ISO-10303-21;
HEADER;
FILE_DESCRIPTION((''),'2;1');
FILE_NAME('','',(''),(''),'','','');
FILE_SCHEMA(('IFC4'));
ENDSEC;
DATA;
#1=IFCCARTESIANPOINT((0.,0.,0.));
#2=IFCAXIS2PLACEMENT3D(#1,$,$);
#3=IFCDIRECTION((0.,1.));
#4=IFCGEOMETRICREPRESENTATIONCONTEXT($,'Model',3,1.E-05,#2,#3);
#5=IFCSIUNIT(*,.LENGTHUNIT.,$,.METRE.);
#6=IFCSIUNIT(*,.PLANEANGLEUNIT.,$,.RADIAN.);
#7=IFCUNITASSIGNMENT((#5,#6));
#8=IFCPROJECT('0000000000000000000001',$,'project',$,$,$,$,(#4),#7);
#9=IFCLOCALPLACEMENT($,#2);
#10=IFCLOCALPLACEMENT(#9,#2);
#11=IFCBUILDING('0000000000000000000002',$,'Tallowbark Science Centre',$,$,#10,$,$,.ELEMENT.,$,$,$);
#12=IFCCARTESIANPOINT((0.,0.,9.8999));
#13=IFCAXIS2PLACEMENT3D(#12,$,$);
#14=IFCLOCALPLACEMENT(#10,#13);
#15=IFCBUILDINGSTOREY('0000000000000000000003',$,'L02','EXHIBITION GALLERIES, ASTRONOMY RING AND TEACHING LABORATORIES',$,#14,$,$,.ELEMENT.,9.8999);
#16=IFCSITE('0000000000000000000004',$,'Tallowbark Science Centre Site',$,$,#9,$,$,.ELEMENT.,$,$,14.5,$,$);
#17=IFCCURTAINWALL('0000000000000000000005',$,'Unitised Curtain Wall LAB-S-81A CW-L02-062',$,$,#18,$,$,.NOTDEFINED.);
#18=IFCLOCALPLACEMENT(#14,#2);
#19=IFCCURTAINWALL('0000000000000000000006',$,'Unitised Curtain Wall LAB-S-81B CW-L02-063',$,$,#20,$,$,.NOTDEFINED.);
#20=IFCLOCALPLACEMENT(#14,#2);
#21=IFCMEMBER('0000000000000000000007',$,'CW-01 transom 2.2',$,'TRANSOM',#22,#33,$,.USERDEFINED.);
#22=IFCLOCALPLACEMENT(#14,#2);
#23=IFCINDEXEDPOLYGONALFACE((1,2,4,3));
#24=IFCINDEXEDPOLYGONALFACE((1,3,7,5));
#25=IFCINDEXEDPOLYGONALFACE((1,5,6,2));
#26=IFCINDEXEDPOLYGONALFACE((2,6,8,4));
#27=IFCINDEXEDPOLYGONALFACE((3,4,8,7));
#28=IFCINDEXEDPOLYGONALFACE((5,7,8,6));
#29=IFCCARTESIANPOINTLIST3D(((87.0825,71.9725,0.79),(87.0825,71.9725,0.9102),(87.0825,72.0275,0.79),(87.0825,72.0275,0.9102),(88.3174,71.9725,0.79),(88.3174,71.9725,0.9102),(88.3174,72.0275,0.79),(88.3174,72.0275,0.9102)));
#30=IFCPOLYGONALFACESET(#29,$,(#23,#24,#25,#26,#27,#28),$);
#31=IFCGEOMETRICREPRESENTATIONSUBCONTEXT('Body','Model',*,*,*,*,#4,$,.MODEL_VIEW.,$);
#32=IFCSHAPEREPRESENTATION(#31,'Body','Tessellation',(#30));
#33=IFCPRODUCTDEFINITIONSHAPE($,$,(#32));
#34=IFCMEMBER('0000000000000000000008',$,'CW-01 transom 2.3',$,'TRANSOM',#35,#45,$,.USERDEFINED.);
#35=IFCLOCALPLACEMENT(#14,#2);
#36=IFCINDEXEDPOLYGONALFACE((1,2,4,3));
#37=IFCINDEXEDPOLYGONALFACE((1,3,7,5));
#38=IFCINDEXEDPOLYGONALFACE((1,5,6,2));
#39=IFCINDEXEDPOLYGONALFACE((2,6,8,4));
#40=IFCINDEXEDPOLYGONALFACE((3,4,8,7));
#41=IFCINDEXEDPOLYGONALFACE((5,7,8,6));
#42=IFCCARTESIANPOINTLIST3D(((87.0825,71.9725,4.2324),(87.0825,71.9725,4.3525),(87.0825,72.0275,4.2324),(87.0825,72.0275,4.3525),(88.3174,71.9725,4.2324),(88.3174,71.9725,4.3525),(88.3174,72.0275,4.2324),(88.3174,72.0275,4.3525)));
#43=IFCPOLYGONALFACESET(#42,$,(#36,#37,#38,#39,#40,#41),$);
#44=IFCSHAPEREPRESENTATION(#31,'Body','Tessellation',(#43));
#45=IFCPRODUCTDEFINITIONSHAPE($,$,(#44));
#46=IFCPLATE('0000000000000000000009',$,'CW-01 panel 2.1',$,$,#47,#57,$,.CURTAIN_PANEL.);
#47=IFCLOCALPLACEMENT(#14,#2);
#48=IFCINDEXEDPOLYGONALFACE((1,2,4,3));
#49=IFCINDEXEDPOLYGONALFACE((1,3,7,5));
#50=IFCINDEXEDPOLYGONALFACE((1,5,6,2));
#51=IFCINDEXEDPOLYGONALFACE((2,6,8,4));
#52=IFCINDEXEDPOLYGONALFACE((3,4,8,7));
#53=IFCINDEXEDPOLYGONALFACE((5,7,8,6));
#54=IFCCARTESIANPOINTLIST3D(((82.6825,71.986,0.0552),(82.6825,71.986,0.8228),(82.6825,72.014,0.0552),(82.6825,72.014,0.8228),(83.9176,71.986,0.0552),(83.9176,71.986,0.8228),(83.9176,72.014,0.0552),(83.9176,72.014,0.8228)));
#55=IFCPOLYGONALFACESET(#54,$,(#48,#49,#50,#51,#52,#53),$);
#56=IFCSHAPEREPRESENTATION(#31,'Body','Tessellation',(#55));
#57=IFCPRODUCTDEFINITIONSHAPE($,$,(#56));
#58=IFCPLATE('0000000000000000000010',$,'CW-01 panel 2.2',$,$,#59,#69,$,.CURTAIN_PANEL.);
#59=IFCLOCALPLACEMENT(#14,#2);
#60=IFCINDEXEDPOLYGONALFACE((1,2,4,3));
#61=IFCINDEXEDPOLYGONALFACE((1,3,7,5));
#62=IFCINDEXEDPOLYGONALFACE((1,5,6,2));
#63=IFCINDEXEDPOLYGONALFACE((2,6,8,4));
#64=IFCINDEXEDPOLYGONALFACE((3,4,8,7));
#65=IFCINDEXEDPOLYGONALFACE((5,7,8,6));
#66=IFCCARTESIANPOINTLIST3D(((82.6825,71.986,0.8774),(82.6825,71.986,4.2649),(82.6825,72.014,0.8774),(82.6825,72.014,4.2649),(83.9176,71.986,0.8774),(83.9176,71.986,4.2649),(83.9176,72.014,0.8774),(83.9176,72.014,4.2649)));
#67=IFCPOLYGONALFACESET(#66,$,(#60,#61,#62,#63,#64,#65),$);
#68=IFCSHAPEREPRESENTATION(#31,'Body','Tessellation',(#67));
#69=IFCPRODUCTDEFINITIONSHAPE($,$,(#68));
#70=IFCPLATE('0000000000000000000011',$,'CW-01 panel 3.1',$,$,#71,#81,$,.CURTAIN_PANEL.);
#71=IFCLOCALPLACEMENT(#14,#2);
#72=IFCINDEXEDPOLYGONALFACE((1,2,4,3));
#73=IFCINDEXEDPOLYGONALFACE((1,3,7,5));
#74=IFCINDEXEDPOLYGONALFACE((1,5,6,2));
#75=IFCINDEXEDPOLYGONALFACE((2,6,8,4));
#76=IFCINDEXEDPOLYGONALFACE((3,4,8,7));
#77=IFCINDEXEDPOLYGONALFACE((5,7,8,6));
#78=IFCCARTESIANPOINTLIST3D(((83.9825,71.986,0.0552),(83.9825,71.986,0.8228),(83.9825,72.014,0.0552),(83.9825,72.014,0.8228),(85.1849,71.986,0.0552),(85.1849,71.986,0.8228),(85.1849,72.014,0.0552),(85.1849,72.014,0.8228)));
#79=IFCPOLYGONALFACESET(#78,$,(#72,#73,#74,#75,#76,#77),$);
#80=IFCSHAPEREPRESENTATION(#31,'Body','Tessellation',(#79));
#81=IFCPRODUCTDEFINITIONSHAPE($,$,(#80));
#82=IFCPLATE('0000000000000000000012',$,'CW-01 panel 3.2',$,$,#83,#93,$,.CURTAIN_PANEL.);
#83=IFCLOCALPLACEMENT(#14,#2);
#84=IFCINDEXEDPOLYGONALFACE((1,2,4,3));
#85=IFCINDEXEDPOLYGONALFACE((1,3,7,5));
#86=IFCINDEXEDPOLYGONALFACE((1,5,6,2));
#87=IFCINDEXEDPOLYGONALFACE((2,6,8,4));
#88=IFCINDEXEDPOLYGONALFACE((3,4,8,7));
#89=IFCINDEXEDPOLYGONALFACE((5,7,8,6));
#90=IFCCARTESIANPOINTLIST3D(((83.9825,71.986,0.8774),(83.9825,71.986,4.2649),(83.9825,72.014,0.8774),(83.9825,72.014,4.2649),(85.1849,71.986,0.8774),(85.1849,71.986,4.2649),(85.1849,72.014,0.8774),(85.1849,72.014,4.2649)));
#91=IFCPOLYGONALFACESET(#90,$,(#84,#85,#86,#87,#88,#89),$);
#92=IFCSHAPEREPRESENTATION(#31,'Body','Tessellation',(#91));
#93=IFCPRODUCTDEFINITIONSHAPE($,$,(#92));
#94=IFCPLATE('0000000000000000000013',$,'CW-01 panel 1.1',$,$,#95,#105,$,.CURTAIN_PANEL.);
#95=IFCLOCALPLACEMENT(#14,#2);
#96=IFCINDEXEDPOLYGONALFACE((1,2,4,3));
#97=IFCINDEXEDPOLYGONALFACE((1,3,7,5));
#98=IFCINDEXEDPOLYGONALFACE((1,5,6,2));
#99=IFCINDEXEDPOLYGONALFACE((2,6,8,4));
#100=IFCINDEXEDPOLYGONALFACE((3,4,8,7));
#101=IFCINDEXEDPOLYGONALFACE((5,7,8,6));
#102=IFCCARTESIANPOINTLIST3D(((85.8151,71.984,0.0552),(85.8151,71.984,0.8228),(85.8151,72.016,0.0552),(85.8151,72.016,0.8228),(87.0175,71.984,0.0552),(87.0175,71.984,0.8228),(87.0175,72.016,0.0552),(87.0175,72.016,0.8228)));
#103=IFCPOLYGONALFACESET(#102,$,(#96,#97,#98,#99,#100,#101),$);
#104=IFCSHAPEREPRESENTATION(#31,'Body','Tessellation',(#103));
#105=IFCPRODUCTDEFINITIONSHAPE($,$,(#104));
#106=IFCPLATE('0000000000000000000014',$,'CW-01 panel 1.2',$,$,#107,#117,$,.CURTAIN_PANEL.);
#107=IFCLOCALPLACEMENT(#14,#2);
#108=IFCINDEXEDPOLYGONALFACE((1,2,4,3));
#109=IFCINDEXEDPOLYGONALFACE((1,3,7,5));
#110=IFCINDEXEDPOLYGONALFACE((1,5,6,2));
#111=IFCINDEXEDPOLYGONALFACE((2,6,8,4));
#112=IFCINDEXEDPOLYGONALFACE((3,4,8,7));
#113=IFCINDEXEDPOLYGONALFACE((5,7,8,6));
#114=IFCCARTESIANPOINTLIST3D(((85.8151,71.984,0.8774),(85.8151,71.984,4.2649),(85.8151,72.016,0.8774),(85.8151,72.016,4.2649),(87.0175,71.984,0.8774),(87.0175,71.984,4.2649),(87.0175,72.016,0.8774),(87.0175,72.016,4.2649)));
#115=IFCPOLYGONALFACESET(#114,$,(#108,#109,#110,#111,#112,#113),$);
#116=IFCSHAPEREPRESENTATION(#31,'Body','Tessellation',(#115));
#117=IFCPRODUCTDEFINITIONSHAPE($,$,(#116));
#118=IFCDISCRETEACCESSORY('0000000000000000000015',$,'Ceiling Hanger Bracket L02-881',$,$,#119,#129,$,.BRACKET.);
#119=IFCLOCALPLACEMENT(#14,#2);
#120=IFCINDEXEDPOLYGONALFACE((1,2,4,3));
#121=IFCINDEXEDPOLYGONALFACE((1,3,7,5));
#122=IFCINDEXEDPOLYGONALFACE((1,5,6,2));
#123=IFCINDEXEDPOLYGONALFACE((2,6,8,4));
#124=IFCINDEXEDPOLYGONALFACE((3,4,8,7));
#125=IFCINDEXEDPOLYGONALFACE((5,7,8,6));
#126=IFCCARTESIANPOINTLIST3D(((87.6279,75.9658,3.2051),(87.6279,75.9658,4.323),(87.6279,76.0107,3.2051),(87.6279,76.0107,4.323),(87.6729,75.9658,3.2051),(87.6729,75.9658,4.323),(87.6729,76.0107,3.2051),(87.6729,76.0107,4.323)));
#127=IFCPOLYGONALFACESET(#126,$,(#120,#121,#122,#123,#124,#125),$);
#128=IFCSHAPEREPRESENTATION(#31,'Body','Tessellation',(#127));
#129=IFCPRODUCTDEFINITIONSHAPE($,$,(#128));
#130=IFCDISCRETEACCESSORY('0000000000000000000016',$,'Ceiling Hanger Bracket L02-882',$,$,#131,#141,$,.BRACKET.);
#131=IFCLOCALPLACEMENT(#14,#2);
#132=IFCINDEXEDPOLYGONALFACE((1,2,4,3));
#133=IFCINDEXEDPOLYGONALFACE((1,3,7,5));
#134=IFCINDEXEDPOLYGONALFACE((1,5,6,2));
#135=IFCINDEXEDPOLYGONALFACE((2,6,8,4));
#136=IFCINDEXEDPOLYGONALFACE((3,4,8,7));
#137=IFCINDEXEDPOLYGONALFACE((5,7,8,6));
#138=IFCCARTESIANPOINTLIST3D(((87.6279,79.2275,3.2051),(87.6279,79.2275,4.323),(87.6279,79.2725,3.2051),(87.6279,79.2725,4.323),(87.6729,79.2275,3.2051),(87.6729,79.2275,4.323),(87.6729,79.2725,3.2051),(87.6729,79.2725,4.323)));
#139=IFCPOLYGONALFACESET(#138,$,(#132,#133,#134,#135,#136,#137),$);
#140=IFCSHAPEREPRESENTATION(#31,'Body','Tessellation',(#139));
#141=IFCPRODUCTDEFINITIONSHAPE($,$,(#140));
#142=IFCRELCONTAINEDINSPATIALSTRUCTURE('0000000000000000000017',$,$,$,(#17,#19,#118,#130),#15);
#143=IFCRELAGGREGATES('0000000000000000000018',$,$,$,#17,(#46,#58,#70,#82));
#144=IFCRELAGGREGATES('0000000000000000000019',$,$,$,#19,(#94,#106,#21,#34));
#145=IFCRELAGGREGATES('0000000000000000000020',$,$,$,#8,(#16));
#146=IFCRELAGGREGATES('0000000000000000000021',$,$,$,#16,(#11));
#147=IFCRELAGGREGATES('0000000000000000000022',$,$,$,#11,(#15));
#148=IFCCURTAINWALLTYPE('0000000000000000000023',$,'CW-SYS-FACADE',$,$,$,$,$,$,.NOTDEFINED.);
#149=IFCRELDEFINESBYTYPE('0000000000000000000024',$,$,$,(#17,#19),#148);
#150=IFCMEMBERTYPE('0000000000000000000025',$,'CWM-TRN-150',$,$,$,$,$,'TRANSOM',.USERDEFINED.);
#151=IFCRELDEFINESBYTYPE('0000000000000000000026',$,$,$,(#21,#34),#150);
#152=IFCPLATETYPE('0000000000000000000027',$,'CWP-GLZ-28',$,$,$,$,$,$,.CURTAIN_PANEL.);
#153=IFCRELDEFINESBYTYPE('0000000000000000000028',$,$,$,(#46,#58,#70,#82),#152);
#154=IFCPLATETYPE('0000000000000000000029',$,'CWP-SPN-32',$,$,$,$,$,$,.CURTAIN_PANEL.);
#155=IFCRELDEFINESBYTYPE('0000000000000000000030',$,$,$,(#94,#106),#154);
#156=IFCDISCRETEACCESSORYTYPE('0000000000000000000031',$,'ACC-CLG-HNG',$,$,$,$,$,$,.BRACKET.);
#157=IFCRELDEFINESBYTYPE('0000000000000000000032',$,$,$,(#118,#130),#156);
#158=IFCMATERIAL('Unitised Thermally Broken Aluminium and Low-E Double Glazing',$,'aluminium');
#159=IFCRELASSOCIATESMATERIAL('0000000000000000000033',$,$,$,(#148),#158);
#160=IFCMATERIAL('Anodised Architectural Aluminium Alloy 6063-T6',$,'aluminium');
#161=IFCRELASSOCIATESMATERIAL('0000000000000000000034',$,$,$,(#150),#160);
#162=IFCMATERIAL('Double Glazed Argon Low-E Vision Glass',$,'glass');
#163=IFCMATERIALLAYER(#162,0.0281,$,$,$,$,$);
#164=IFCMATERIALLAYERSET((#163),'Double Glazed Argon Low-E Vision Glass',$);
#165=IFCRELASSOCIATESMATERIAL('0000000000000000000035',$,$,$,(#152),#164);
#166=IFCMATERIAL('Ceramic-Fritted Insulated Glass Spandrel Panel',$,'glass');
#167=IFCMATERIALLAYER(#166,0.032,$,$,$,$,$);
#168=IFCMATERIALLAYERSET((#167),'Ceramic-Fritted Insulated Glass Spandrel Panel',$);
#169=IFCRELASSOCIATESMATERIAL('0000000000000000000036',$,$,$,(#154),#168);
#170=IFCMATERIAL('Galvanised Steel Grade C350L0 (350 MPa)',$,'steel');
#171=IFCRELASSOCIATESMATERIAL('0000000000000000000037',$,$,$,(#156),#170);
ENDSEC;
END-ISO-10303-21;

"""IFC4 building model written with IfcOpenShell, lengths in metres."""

from ifc_helpers import new_model, si_unit, direction, frame, origin, origin_2d, place, context, subcontext, project, spatial, rectangle, extrude, material, layer, layer_set, material_profile, profile_set, type_object, element, aggregate, save


model = new_model("IFC4")

# Units and contexts
model_context = context("Model", 3, precision=1e-05, world=origin(), true_north=direction((0.0, 1.0)))
body_context = subcontext(model_context, "Body", "Model", "MODEL_VIEW")
ifc_project = project(units=[si_unit("LENGTHUNIT", "METRE"), si_unit("PLANEANGLEUNIT", "RADIAN")], contexts=[model_context])

# Site, building, storey
site_placement = place(None, origin())
site = spatial("IfcSite", under=ifc_project, at=site_placement, Name="Tallowbark Science Centre Site", CompositionType="ELEMENT", RefElevation=14.5)
building_placement = place(site_placement, origin())
building = spatial("IfcBuilding", under=site, at=building_placement, Name="Tallowbark Science Centre", CompositionType="ELEMENT")
storey_placement = place(building_placement, frame((0.0, 0.0, 9.8999)))
storey = spatial("IfcBuildingStorey", under=building, at=storey_placement, Name="L02", Description="EXHIBITION GALLERIES, ASTRONOMY RING AND TEACHING LABORATORIES", CompositionType="ELEMENT", Elevation=9.8999)

# Curtain walls
ifc_material_1 = material(Name="Unitised Thermally Broken Aluminium and Low-E Double Glazing", Category="aluminium")
curtain_wall_type = type_object("IfcCurtainWallType", Name="CW-SYS-FACADE", PredefinedType="NOTDEFINED", material=ifc_material_1)
curtain_wall_1_placement = place(storey_placement, origin())
curtain_wall_1 = element("IfcCurtainWall", 1, at=curtain_wall_1_placement, inside=storey, type_object=curtain_wall_type, Name="Unitised Curtain Wall LAB-S-81A CW-L02-062", PredefinedType="NOTDEFINED")
ifc_material_2 = material(Name="Anodised Architectural Aluminium Alloy 6063-T6", Category="aluminium")
curtain_wall_2_placement = place(storey_placement, origin())
curtain_wall_2 = element("IfcCurtainWall", 2, at=curtain_wall_2_placement, inside=storey, type_object=curtain_wall_type, Name="Unitised Curtain Wall LAB-S-81B CW-L02-063", PredefinedType="NOTDEFINED")

# Members
ifc_material_profile_1 = material_profile(ifc_material_2, rectangle(XDim=0.0549, YDim=0.1201, at=origin_2d()), Name="ALU55x120")
ifc_profile_set_1 = profile_set([ifc_material_profile_1], Name="Anodised Architectural Aluminium Alloy 6063-T6")
member_type_1 = type_object("IfcMemberType", Name="CWM-TRN-150", ElementType="TRANSOM", PredefinedType="USERDEFINED", material=ifc_profile_set_1)
member_1_placement = place(storey_placement, frame((87.0825, 72.0, 0.8501), z_axis=(1.0, 0.0, 0.0), x_axis=(0.0, 1.0, 0.0)))
member_1 = element("IfcMember", 3, at=member_1_placement, type_object=member_type_1, Name="CW-01 transom 2.2", ObjectType="TRANSOM", PredefinedType="USERDEFINED", context=body_context, shape_type="SweptSolid", body=[
    extrude(rectangle(XDim=0.0549, YDim=0.1201, at=origin_2d()), origin(), (0.0, 0.0, 1.0), 1.2349),
])
member_2_placement = place(storey_placement, frame((87.0825, 72.0, 4.2925), z_axis=(1.0, 0.0, 0.0), x_axis=(0.0, 1.0, 0.0)))
member_2 = element("IfcMember", 4, at=member_2_placement, type_object=member_type_1, Name="CW-01 transom 2.3", ObjectType="TRANSOM", PredefinedType="USERDEFINED", context=body_context, shape_type="SweptSolid", body=[
    extrude(rectangle(XDim=0.0549, YDim=0.1201, at=origin_2d()), origin(), (0.0, 0.0, 1.0), 1.2349),
])

# Plates
ifc_material_3 = material(Name="Double Glazed Argon Low-E Vision Glass", Category="glass")
ifc_layer_1 = layer(ifc_material_3, 0.0281)
ifc_layer_set_1 = layer_set([ifc_layer_1], Name="Double Glazed Argon Low-E Vision Glass")
plate_type_1 = type_object("IfcPlateType", Name="CWP-GLZ-28", PredefinedType="CURTAIN_PANEL", material=ifc_layer_set_1)
plate_1_placement = place(storey_placement, frame((83.3, 72.0, 0.0552), z_axis=(0.0, 0.0, 1.0), x_axis=(1.0, 0.0, 0.0)))
plate_1 = element("IfcPlate", 5, at=plate_1_placement, type_object=plate_type_1, Name="CW-01 panel 2.1", PredefinedType="CURTAIN_PANEL", context=body_context, shape_type="SweptSolid", body=[
    extrude(rectangle(XDim=1.2351, YDim=0.0281, at=origin_2d()), origin(), (0.0, 0.0, 1.0), 0.7676),
])
plate_2_placement = place(storey_placement, frame((83.3, 72.0, 0.8774), z_axis=(0.0, 0.0, 1.0), x_axis=(1.0, 0.0, 0.0)))
plate_2 = element("IfcPlate", 6, at=plate_2_placement, type_object=plate_type_1, Name="CW-01 panel 2.2", PredefinedType="CURTAIN_PANEL", context=body_context, shape_type="SweptSolid", body=[
    extrude(rectangle(XDim=1.2351, YDim=0.0281, at=origin_2d()), origin(), (0.0, 0.0, 1.0), 3.3875),
])
plate_3_placement = place(storey_placement, frame((84.5837, 72.0, 0.0552), z_axis=(0.0, 0.0, 1.0), x_axis=(1.0, 0.0, 0.0)))
plate_3 = element("IfcPlate", 7, at=plate_3_placement, type_object=plate_type_1, Name="CW-01 panel 3.1", PredefinedType="CURTAIN_PANEL", context=body_context, shape_type="SweptSolid", body=[
    extrude(rectangle(XDim=1.2024, YDim=0.0281, at=origin_2d()), origin(), (0.0, 0.0, 1.0), 0.7676),
])
plate_4_placement = place(storey_placement, frame((84.5837, 72.0, 0.8774), z_axis=(0.0, 0.0, 1.0), x_axis=(1.0, 0.0, 0.0)))
plate_4 = element("IfcPlate", 8, at=plate_4_placement, type_object=plate_type_1, Name="CW-01 panel 3.2", PredefinedType="CURTAIN_PANEL", context=body_context, shape_type="SweptSolid", body=[
    extrude(rectangle(XDim=1.2024, YDim=0.0281, at=origin_2d()), origin(), (0.0, 0.0, 1.0), 3.3875),
])
aggregate(curtain_wall_1, [plate_1, plate_2, plate_3, plate_4])
ifc_material_4 = material(Name="Ceramic-Fritted Insulated Glass Spandrel Panel", Category="glass")
ifc_layer_2 = layer(ifc_material_4, 0.032)
ifc_layer_set_2 = layer_set([ifc_layer_2], Name="Ceramic-Fritted Insulated Glass Spandrel Panel")
plate_type_2 = type_object("IfcPlateType", Name="CWP-SPN-32", PredefinedType="CURTAIN_PANEL", material=ifc_layer_set_2)
plate_5_placement = place(storey_placement, frame((86.4163, 72.0, 0.0552), z_axis=(0.0, 0.0, 1.0), x_axis=(1.0, 0.0, 0.0)))
plate_5 = element("IfcPlate", 9, at=plate_5_placement, type_object=plate_type_2, Name="CW-01 panel 1.1", PredefinedType="CURTAIN_PANEL", context=body_context, shape_type="SweptSolid", body=[
    extrude(rectangle(XDim=1.2024, YDim=0.032, at=origin_2d()), origin(), (0.0, 0.0, 1.0), 0.7676),
])
plate_6_placement = place(storey_placement, frame((86.4163, 72.0, 0.8774), z_axis=(0.0, 0.0, 1.0), x_axis=(1.0, 0.0, 0.0)))
plate_6 = element("IfcPlate", 10, at=plate_6_placement, type_object=plate_type_2, Name="CW-01 panel 1.2", PredefinedType="CURTAIN_PANEL", context=body_context, shape_type="SweptSolid", body=[
    extrude(rectangle(XDim=1.2024, YDim=0.032, at=origin_2d()), origin(), (0.0, 0.0, 1.0), 3.3875),
])
aggregate(curtain_wall_2, [plate_5, plate_6, member_1, member_2])

# Discrete accessories
ifc_material_5 = material(Name="Galvanised Steel Grade C350L0 (350 MPa)", Category="steel")
discrete_accessory_type = type_object("IfcDiscreteAccessoryType", Name="ACC-CLG-HNG", PredefinedType="BRACKET", material=ifc_material_5)
for number, where, z_axis, x_axis, name in (
    (11, (87.6504, 75.9883, 3.2051), (0.0, 0.0, 1.0), (1.0, 0.0, 0.0), "Ceiling Hanger Bracket L02-881"),
    (12, (87.6504, 79.25, 3.2051), (0.0, 0.0, 1.0), (1.0, 0.0, 0.0), "Ceiling Hanger Bracket L02-882"),
):
    element("IfcDiscreteAccessory", number, at=place(storey_placement, frame(where, z_axis=z_axis, x_axis=x_axis)), inside=storey, type_object=discrete_accessory_type, Name=name, PredefinedType="BRACKET", context=body_context, shape_type="SweptSolid", body=[
        extrude(rectangle(XDim=0.0449, YDim=0.0449, at=origin_2d()), origin(), (0.0, 0.0, 1.0), 1.1179),
    ])

save(model, "model.ifc")
